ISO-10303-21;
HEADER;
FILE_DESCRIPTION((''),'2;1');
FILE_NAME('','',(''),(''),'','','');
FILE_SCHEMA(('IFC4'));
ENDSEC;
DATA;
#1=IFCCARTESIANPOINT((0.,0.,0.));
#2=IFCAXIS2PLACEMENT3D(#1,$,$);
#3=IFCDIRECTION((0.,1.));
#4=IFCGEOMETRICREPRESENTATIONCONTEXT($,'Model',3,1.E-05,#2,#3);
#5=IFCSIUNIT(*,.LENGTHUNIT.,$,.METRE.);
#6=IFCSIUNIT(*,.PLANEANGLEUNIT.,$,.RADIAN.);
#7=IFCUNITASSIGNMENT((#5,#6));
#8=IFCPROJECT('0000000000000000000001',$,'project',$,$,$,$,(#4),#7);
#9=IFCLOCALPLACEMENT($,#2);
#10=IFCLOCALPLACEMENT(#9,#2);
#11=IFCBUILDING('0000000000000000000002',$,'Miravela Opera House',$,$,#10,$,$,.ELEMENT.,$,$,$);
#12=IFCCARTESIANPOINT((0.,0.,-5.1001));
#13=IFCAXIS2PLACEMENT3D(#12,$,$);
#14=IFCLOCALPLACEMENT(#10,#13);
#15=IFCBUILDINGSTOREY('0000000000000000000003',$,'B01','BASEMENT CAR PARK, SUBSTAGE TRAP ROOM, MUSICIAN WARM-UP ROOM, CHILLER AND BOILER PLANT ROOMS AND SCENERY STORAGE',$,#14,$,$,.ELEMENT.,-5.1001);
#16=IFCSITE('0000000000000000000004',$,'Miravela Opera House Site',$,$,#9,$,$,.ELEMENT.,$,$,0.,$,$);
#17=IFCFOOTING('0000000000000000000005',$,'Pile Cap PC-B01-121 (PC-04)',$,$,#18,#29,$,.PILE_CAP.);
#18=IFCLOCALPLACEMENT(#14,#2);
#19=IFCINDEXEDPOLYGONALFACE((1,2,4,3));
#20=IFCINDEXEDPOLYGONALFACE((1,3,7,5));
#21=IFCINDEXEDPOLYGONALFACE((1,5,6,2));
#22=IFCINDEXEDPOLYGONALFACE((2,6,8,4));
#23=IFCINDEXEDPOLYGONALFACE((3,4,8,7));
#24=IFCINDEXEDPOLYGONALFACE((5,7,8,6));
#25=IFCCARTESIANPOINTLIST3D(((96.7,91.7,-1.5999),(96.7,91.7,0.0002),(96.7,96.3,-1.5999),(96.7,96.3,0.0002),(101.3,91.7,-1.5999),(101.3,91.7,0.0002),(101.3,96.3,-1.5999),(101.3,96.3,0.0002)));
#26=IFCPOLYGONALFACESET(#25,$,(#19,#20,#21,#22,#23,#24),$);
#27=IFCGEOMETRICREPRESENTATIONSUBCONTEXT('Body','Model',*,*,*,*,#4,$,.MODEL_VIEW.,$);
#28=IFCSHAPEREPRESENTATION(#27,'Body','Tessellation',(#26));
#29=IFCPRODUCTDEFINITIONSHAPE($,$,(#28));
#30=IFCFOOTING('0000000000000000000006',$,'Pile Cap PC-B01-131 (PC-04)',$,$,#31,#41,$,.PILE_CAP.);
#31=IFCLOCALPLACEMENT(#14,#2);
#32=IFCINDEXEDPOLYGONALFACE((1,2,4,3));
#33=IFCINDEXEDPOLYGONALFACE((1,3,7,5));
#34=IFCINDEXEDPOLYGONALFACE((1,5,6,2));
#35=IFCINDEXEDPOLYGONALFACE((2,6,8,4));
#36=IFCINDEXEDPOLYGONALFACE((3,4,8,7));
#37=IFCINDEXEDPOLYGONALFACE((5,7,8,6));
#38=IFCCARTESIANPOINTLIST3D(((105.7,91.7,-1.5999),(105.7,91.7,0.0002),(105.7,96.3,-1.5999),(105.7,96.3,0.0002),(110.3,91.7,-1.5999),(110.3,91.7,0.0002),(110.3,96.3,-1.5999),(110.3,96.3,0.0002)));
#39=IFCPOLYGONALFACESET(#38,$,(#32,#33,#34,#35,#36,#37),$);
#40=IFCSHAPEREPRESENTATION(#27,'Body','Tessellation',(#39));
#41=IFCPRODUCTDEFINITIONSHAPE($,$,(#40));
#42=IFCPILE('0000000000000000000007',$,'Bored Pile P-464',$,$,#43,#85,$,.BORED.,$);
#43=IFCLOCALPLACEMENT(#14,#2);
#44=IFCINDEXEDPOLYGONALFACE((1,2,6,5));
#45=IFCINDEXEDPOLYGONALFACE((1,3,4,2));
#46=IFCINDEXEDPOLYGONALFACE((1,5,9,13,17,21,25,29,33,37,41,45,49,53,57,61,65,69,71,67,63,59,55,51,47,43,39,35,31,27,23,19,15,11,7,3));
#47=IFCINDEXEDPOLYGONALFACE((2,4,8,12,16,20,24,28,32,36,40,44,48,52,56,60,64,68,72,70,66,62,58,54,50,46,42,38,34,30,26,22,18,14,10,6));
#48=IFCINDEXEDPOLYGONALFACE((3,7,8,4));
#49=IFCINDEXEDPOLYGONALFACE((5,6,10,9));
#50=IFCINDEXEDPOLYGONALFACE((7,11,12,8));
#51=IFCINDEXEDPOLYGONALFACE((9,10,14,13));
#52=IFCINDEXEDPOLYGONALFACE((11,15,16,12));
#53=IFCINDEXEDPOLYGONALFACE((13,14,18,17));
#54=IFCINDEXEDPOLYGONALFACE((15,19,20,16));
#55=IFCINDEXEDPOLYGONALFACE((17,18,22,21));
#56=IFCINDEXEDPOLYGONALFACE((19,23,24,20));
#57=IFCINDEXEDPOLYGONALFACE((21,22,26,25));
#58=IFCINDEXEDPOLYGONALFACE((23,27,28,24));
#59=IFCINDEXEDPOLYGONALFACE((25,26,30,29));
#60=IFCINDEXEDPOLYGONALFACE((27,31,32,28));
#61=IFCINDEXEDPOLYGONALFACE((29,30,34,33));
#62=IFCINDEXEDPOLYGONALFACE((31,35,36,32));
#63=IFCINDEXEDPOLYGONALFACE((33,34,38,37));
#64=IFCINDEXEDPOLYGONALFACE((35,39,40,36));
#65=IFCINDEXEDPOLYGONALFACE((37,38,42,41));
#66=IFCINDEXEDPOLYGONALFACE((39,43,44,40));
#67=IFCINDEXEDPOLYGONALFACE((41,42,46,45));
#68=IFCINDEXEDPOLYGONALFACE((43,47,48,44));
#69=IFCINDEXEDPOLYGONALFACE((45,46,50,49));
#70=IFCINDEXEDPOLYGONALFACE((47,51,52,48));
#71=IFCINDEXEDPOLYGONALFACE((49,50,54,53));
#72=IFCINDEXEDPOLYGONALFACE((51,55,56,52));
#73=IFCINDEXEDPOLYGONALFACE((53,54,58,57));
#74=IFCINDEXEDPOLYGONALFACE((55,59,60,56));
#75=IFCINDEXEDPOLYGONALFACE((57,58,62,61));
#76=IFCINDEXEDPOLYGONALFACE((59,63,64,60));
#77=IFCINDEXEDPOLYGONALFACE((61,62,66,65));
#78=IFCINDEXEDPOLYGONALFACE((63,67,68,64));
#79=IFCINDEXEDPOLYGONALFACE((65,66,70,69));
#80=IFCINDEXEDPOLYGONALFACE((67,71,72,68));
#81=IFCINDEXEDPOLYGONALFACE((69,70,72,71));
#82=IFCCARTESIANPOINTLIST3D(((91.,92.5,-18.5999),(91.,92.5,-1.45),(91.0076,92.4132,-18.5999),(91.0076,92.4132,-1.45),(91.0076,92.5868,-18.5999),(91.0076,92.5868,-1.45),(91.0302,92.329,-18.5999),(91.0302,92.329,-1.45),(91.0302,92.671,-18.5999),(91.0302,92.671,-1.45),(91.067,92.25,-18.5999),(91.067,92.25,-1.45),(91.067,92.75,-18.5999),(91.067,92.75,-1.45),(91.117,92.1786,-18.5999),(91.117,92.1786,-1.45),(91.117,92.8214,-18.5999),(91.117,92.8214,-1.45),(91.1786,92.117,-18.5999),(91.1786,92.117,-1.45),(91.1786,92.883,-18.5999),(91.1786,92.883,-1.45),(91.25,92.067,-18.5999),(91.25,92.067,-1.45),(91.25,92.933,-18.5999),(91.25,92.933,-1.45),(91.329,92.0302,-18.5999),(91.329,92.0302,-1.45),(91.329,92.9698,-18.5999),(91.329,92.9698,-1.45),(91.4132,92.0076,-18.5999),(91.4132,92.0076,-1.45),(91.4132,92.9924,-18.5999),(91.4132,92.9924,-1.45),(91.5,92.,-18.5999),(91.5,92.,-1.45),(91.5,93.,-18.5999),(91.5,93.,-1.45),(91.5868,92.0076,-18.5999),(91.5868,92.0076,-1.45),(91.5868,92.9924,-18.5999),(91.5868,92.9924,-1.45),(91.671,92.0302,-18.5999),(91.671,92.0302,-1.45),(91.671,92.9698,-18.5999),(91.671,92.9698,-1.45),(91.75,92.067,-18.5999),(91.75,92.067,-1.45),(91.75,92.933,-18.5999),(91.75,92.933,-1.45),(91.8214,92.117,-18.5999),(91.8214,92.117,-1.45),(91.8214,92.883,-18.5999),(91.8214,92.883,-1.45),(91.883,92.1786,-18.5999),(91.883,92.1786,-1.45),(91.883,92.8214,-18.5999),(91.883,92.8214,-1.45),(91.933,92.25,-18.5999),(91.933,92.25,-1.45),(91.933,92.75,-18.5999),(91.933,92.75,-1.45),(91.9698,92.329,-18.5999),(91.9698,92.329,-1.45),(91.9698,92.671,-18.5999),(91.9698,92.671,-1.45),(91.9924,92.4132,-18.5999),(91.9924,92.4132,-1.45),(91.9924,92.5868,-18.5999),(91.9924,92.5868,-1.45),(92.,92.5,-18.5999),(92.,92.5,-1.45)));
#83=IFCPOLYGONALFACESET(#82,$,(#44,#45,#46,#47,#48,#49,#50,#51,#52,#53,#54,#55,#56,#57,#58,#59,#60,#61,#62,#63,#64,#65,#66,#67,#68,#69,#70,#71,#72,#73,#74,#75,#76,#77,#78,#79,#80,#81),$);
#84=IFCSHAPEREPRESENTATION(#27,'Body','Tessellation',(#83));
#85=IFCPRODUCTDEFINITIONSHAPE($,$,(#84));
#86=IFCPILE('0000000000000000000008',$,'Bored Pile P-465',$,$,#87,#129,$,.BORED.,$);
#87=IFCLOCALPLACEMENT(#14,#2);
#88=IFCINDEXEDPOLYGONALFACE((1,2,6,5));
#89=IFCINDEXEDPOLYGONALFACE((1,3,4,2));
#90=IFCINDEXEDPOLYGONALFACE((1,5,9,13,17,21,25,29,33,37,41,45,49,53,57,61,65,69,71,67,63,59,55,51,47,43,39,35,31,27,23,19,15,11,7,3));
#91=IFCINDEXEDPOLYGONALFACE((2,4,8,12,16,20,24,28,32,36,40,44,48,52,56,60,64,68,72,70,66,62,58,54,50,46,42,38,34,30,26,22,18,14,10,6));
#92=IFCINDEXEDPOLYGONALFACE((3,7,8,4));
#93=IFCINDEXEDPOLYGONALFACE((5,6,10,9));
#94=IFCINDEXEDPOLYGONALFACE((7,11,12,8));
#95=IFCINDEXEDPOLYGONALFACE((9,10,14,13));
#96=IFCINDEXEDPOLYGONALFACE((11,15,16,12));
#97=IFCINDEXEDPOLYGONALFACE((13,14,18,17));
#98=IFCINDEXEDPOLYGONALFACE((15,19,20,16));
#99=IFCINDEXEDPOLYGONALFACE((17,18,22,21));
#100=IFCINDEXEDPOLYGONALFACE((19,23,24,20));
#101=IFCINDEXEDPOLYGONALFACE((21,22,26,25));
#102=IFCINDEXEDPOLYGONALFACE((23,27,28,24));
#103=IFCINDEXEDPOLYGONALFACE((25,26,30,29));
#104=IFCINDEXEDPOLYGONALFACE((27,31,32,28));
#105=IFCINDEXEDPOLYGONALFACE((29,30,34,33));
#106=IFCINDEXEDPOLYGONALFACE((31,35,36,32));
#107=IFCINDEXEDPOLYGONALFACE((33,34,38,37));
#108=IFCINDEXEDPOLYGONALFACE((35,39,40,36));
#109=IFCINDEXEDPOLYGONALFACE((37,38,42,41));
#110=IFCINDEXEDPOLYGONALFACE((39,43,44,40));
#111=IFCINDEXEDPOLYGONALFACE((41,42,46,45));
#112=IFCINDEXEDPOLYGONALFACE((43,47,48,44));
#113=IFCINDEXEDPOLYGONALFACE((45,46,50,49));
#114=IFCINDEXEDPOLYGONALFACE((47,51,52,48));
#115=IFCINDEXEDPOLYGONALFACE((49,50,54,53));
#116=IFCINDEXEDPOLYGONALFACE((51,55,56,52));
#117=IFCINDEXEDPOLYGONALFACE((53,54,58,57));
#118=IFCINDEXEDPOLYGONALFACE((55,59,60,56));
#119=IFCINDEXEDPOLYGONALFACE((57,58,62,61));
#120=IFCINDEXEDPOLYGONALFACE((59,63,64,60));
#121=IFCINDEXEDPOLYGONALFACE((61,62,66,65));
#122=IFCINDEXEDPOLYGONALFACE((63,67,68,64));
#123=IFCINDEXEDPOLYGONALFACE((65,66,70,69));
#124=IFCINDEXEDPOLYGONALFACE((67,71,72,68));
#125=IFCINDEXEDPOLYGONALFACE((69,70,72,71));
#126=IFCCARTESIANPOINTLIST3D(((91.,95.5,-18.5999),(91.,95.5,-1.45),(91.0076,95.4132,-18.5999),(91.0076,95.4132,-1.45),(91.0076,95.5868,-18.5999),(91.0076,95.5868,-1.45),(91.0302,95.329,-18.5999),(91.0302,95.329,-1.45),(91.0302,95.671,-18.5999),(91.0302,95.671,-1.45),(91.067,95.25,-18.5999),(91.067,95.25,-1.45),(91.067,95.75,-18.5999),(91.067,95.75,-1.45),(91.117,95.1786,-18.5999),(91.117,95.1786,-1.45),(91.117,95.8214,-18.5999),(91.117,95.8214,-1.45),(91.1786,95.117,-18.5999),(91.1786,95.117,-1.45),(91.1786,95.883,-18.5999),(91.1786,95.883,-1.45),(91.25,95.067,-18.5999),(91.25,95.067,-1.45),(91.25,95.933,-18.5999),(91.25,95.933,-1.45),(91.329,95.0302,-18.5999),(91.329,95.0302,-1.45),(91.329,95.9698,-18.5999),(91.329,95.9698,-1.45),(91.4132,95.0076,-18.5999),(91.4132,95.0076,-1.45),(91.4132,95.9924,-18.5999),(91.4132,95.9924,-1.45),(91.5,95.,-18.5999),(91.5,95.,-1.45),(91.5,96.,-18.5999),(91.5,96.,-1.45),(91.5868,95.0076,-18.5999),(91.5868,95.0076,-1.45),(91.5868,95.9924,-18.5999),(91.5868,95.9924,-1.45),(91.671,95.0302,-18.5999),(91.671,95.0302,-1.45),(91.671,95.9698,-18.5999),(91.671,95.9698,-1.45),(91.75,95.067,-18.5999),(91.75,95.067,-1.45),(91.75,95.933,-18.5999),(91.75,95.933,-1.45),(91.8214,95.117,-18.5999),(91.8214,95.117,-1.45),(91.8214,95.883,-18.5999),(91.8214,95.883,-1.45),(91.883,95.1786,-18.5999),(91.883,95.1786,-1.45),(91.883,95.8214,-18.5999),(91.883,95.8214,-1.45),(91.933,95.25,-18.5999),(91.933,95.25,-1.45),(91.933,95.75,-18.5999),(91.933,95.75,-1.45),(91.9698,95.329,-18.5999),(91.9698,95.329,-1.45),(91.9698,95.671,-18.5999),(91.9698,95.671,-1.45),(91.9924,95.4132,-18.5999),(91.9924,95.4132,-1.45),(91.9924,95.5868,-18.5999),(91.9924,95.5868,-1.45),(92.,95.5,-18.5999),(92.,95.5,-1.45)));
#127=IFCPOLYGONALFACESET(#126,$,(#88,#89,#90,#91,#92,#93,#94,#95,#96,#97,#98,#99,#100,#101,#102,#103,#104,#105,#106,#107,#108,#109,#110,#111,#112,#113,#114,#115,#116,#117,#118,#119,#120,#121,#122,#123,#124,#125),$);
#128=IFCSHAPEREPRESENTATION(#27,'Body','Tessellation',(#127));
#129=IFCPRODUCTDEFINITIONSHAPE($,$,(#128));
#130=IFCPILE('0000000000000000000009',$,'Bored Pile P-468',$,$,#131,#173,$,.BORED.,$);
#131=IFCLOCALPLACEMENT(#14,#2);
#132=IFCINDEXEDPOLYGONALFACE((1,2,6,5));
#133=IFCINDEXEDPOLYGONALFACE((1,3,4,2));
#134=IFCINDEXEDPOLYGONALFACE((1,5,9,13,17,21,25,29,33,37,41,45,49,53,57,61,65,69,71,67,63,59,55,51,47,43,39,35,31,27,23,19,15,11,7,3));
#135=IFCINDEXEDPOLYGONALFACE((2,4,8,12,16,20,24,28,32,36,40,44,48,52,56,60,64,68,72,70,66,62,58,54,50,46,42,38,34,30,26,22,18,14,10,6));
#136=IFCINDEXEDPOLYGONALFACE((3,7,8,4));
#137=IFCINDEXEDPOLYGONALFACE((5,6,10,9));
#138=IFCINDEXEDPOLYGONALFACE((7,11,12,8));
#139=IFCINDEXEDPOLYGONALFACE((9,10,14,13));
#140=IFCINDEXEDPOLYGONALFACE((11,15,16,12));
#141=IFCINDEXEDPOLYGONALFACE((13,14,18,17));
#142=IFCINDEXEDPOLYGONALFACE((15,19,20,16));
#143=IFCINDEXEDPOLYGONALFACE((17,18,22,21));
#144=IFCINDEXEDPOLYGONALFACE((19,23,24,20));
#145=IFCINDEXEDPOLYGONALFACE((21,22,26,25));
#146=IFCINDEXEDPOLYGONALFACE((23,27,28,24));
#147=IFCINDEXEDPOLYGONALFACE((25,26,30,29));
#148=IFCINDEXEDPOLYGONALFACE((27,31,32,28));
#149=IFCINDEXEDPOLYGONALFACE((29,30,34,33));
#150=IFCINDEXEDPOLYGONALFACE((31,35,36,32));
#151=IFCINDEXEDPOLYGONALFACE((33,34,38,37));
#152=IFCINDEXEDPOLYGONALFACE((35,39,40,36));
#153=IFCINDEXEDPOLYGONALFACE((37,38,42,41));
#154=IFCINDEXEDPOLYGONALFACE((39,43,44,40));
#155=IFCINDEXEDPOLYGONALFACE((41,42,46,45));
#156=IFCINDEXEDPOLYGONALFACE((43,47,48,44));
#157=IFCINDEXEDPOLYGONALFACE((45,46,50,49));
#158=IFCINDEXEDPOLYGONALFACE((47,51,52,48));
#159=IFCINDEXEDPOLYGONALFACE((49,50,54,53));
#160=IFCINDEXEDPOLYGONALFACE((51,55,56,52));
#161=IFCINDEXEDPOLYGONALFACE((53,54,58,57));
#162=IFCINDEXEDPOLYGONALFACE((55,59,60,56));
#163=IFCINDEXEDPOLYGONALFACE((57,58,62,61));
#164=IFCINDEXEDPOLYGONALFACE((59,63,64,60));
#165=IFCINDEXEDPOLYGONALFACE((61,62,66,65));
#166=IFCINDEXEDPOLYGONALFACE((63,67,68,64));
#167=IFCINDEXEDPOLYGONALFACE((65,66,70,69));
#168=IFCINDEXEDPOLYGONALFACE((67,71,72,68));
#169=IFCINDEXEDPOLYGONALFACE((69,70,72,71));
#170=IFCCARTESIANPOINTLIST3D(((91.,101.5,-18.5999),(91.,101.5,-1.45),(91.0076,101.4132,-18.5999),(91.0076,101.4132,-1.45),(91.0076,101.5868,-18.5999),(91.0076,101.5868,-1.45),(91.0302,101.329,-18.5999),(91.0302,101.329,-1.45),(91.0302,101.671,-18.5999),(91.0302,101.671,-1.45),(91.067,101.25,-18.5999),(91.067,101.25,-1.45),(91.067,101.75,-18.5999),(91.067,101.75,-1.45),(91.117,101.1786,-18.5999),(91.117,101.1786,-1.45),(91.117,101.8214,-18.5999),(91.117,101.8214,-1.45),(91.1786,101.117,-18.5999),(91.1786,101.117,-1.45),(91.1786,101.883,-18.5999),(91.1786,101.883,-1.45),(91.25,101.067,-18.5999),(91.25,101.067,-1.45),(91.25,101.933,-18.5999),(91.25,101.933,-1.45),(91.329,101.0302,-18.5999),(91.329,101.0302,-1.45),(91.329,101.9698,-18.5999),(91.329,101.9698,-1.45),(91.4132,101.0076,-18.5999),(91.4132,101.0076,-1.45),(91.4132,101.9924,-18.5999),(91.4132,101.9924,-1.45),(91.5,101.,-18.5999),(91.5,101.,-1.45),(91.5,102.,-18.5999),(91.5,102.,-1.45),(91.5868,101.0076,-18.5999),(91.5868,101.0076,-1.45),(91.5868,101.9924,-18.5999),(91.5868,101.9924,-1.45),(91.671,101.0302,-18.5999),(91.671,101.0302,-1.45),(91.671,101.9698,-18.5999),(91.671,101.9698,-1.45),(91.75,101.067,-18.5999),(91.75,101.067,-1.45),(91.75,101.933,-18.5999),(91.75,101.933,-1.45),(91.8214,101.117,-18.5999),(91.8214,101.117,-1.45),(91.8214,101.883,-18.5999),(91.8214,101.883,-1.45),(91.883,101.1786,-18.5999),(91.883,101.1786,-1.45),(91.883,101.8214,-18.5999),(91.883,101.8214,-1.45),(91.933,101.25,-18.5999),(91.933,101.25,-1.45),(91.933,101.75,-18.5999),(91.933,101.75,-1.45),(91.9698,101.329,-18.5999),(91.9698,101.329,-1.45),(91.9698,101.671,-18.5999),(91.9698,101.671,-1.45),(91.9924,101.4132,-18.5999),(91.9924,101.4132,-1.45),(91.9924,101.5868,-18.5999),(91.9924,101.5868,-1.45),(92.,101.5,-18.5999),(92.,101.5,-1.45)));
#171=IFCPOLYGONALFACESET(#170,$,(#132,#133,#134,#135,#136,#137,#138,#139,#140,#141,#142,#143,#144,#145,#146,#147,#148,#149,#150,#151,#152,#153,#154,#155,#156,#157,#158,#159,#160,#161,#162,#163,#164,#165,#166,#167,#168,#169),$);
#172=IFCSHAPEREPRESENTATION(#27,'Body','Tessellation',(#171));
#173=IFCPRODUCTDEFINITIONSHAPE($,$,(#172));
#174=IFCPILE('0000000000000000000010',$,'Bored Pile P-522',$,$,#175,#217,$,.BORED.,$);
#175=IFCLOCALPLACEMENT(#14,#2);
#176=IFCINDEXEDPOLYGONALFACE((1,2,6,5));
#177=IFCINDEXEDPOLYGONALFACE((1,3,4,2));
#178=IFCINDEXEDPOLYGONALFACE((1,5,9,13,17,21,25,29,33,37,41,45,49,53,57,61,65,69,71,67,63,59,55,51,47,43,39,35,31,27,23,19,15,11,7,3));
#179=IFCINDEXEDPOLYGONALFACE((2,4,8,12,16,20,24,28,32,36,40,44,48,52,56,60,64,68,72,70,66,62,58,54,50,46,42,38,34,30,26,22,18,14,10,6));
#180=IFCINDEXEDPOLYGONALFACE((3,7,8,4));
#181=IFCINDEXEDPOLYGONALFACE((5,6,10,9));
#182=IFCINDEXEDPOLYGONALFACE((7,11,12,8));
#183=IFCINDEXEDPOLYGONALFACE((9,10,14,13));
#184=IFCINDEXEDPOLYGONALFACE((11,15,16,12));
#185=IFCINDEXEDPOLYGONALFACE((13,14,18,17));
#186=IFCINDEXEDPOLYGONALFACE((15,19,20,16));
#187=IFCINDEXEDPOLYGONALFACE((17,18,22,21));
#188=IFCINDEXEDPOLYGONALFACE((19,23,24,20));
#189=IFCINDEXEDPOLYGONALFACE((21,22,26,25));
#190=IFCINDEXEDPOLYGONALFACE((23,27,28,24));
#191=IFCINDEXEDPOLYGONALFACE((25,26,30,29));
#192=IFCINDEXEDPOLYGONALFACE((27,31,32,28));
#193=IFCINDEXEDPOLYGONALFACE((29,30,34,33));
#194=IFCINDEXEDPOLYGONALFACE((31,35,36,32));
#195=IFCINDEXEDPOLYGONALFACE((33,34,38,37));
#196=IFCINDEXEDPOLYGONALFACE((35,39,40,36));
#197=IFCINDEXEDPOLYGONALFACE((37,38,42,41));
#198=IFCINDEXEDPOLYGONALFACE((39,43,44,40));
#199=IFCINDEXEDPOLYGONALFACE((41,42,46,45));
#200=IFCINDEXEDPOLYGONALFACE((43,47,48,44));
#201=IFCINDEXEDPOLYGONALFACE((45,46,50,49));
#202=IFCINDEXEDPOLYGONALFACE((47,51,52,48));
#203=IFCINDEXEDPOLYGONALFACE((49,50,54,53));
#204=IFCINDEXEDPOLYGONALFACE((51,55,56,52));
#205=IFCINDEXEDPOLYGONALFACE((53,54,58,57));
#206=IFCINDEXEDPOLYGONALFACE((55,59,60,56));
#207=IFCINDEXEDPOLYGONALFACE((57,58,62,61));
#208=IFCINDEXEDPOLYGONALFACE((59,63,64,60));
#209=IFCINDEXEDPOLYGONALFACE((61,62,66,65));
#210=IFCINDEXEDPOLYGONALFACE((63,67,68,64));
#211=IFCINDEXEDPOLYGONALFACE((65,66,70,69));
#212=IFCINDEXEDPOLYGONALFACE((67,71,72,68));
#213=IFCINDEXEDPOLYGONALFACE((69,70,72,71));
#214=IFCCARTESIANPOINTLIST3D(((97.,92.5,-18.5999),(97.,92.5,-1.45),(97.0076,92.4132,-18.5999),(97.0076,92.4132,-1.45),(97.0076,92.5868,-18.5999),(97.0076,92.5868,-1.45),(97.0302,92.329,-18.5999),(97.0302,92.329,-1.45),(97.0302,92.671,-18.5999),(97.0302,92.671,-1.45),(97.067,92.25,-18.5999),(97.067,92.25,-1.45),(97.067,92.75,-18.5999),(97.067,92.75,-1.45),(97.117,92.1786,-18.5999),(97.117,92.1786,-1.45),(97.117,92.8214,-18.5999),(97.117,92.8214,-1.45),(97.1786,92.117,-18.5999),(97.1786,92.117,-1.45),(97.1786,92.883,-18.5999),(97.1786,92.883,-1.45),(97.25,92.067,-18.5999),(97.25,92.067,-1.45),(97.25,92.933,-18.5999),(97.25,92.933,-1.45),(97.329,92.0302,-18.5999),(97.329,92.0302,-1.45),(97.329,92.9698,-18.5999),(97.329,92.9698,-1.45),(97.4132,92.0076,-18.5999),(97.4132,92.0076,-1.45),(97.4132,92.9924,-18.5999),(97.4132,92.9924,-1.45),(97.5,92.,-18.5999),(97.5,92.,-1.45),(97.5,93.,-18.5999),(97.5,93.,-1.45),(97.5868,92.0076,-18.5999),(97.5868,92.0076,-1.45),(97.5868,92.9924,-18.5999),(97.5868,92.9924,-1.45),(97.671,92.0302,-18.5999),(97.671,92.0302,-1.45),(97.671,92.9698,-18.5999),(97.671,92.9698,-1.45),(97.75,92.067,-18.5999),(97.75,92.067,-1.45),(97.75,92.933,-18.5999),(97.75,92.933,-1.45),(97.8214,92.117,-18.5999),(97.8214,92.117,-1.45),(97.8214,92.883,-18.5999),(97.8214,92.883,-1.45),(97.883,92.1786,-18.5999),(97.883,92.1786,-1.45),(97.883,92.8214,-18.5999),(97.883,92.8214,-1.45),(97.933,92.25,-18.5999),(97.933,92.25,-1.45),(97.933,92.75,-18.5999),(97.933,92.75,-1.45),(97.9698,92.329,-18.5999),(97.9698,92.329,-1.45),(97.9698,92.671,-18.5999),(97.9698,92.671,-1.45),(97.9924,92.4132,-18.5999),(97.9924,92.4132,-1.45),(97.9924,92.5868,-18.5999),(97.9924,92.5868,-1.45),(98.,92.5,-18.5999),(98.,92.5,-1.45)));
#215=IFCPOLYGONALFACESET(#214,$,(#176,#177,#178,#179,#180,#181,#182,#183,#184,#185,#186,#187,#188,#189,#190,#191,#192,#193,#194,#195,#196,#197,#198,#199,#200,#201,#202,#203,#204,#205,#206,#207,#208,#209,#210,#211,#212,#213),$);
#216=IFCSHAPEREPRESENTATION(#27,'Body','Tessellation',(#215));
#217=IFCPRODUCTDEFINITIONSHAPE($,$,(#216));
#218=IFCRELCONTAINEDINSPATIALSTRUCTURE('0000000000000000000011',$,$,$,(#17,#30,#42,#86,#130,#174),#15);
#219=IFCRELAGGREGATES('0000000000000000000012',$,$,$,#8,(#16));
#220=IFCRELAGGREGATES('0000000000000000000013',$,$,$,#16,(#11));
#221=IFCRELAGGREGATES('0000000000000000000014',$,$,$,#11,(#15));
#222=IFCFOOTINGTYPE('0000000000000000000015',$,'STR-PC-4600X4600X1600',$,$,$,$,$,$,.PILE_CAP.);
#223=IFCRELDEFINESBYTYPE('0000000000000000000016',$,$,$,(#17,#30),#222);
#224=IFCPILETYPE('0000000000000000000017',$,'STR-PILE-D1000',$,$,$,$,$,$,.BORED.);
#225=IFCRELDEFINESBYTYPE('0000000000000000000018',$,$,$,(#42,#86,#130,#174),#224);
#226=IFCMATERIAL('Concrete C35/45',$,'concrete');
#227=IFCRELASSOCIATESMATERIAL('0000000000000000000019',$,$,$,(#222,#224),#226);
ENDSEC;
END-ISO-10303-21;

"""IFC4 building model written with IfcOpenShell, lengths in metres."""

from ifc_helpers import new_model, si_unit, direction, frame, origin, origin_2d, place, context, subcontext, project, spatial, rectangle, circle, extrude, material, material_profile, profile_set, type_object, element, save


model = new_model("IFC4")

# Units and contexts
model_context = context("Model", 3, precision=1e-05, world=origin(), true_north=direction((0.0, 1.0)))
body_context = subcontext(model_context, "Body", "Model", "MODEL_VIEW")
ifc_project = project(units=[si_unit("LENGTHUNIT", "METRE"), si_unit("PLANEANGLEUNIT", "RADIAN")], contexts=[model_context])

# Site, building, storey
site_placement = place(None, origin())
site = spatial("IfcSite", under=ifc_project, at=site_placement, Name="Miravela Opera House Site", CompositionType="ELEMENT", RefElevation=0.0)
building_placement = place(site_placement, origin())
building = spatial("IfcBuilding", under=site, at=building_placement, Name="Miravela Opera House", CompositionType="ELEMENT")
storey_placement = place(building_placement, frame((0.0, 0.0, -5.1001)))
storey = spatial("IfcBuildingStorey", under=building, at=storey_placement, Name="B01", Description="BASEMENT CAR PARK, SUBSTAGE TRAP ROOM, MUSICIAN WARM-UP ROOM, CHILLER AND BOILER PLANT ROOMS AND SCENERY STORAGE", CompositionType="ELEMENT", Elevation=-5.1001)

# Footings
ifc_material_1 = material(Name="Concrete C35/45", Category="concrete")
footing_type = type_object("IfcFootingType", Name="STR-PC-4600X4600X1600", PredefinedType="PILE_CAP", material=ifc_material_1)
for number, where, z_axis, x_axis, name in (
    (1, (99.0, 94.0, -1.5999), (0.0, 0.0, 1.0), (1.0, 0.0, 0.0), "Pile Cap PC-B01-121 (PC-04)"),
    (2, (108.0, 94.0, -1.5999), (0.0, 0.0, 1.0), (1.0, 0.0, 0.0), "Pile Cap PC-B01-131 (PC-04)"),
):
    element("IfcFooting", number, at=place(storey_placement, frame(where, z_axis=z_axis, x_axis=x_axis)), inside=storey, type_object=footing_type, Name=name, PredefinedType="PILE_CAP", context=body_context, shape_type="SweptSolid", body=[
        extrude(rectangle(XDim=4.6001, YDim=4.6001, at=origin_2d()), origin(), (0.0, 0.0, 1.0), 1.6001),
    ])

# Piles
ifc_material_profile_1 = material_profile(ifc_material_1, circle(Radius=0.5, at=origin_2d()), Name="PILE-D1000")
ifc_profile_set_1 = profile_set([ifc_material_profile_1])
pile_type_1 = type_object("IfcPileType", Name="STR-PILE-D1000", PredefinedType="BORED", material=ifc_profile_set_1)
for number, where, z_axis, x_axis, name in (
    (3, (91.5, 92.5, -1.45), (0.0, 0.0, -1.0), (1.0, 0.0, 0.0), "Bored Pile P-464"),
    (4, (91.5, 95.5, -1.45), (0.0, 0.0, -1.0), (1.0, 0.0, 0.0), "Bored Pile P-465"),
    (5, (91.5, 101.5, -1.45), (0.0, 0.0, -1.0), (1.0, 0.0, 0.0), "Bored Pile P-468"),
    (6, (97.5, 92.5, -1.45), (0.0, 0.0, -1.0), (1.0, 0.0, 0.0), "Bored Pile P-522"),
):
    element("IfcPile", number, at=place(storey_placement, frame(where, z_axis=z_axis, x_axis=x_axis)), inside=storey, type_object=pile_type_1, Name=name, PredefinedType="BORED", context=body_context, shape_type="SweptSolid", body=[
        extrude(circle(Radius=0.5, at=origin_2d()), origin(), (0.0, 0.0, 1.0), 17.1499),
    ])

save(model, "model.ifc")
